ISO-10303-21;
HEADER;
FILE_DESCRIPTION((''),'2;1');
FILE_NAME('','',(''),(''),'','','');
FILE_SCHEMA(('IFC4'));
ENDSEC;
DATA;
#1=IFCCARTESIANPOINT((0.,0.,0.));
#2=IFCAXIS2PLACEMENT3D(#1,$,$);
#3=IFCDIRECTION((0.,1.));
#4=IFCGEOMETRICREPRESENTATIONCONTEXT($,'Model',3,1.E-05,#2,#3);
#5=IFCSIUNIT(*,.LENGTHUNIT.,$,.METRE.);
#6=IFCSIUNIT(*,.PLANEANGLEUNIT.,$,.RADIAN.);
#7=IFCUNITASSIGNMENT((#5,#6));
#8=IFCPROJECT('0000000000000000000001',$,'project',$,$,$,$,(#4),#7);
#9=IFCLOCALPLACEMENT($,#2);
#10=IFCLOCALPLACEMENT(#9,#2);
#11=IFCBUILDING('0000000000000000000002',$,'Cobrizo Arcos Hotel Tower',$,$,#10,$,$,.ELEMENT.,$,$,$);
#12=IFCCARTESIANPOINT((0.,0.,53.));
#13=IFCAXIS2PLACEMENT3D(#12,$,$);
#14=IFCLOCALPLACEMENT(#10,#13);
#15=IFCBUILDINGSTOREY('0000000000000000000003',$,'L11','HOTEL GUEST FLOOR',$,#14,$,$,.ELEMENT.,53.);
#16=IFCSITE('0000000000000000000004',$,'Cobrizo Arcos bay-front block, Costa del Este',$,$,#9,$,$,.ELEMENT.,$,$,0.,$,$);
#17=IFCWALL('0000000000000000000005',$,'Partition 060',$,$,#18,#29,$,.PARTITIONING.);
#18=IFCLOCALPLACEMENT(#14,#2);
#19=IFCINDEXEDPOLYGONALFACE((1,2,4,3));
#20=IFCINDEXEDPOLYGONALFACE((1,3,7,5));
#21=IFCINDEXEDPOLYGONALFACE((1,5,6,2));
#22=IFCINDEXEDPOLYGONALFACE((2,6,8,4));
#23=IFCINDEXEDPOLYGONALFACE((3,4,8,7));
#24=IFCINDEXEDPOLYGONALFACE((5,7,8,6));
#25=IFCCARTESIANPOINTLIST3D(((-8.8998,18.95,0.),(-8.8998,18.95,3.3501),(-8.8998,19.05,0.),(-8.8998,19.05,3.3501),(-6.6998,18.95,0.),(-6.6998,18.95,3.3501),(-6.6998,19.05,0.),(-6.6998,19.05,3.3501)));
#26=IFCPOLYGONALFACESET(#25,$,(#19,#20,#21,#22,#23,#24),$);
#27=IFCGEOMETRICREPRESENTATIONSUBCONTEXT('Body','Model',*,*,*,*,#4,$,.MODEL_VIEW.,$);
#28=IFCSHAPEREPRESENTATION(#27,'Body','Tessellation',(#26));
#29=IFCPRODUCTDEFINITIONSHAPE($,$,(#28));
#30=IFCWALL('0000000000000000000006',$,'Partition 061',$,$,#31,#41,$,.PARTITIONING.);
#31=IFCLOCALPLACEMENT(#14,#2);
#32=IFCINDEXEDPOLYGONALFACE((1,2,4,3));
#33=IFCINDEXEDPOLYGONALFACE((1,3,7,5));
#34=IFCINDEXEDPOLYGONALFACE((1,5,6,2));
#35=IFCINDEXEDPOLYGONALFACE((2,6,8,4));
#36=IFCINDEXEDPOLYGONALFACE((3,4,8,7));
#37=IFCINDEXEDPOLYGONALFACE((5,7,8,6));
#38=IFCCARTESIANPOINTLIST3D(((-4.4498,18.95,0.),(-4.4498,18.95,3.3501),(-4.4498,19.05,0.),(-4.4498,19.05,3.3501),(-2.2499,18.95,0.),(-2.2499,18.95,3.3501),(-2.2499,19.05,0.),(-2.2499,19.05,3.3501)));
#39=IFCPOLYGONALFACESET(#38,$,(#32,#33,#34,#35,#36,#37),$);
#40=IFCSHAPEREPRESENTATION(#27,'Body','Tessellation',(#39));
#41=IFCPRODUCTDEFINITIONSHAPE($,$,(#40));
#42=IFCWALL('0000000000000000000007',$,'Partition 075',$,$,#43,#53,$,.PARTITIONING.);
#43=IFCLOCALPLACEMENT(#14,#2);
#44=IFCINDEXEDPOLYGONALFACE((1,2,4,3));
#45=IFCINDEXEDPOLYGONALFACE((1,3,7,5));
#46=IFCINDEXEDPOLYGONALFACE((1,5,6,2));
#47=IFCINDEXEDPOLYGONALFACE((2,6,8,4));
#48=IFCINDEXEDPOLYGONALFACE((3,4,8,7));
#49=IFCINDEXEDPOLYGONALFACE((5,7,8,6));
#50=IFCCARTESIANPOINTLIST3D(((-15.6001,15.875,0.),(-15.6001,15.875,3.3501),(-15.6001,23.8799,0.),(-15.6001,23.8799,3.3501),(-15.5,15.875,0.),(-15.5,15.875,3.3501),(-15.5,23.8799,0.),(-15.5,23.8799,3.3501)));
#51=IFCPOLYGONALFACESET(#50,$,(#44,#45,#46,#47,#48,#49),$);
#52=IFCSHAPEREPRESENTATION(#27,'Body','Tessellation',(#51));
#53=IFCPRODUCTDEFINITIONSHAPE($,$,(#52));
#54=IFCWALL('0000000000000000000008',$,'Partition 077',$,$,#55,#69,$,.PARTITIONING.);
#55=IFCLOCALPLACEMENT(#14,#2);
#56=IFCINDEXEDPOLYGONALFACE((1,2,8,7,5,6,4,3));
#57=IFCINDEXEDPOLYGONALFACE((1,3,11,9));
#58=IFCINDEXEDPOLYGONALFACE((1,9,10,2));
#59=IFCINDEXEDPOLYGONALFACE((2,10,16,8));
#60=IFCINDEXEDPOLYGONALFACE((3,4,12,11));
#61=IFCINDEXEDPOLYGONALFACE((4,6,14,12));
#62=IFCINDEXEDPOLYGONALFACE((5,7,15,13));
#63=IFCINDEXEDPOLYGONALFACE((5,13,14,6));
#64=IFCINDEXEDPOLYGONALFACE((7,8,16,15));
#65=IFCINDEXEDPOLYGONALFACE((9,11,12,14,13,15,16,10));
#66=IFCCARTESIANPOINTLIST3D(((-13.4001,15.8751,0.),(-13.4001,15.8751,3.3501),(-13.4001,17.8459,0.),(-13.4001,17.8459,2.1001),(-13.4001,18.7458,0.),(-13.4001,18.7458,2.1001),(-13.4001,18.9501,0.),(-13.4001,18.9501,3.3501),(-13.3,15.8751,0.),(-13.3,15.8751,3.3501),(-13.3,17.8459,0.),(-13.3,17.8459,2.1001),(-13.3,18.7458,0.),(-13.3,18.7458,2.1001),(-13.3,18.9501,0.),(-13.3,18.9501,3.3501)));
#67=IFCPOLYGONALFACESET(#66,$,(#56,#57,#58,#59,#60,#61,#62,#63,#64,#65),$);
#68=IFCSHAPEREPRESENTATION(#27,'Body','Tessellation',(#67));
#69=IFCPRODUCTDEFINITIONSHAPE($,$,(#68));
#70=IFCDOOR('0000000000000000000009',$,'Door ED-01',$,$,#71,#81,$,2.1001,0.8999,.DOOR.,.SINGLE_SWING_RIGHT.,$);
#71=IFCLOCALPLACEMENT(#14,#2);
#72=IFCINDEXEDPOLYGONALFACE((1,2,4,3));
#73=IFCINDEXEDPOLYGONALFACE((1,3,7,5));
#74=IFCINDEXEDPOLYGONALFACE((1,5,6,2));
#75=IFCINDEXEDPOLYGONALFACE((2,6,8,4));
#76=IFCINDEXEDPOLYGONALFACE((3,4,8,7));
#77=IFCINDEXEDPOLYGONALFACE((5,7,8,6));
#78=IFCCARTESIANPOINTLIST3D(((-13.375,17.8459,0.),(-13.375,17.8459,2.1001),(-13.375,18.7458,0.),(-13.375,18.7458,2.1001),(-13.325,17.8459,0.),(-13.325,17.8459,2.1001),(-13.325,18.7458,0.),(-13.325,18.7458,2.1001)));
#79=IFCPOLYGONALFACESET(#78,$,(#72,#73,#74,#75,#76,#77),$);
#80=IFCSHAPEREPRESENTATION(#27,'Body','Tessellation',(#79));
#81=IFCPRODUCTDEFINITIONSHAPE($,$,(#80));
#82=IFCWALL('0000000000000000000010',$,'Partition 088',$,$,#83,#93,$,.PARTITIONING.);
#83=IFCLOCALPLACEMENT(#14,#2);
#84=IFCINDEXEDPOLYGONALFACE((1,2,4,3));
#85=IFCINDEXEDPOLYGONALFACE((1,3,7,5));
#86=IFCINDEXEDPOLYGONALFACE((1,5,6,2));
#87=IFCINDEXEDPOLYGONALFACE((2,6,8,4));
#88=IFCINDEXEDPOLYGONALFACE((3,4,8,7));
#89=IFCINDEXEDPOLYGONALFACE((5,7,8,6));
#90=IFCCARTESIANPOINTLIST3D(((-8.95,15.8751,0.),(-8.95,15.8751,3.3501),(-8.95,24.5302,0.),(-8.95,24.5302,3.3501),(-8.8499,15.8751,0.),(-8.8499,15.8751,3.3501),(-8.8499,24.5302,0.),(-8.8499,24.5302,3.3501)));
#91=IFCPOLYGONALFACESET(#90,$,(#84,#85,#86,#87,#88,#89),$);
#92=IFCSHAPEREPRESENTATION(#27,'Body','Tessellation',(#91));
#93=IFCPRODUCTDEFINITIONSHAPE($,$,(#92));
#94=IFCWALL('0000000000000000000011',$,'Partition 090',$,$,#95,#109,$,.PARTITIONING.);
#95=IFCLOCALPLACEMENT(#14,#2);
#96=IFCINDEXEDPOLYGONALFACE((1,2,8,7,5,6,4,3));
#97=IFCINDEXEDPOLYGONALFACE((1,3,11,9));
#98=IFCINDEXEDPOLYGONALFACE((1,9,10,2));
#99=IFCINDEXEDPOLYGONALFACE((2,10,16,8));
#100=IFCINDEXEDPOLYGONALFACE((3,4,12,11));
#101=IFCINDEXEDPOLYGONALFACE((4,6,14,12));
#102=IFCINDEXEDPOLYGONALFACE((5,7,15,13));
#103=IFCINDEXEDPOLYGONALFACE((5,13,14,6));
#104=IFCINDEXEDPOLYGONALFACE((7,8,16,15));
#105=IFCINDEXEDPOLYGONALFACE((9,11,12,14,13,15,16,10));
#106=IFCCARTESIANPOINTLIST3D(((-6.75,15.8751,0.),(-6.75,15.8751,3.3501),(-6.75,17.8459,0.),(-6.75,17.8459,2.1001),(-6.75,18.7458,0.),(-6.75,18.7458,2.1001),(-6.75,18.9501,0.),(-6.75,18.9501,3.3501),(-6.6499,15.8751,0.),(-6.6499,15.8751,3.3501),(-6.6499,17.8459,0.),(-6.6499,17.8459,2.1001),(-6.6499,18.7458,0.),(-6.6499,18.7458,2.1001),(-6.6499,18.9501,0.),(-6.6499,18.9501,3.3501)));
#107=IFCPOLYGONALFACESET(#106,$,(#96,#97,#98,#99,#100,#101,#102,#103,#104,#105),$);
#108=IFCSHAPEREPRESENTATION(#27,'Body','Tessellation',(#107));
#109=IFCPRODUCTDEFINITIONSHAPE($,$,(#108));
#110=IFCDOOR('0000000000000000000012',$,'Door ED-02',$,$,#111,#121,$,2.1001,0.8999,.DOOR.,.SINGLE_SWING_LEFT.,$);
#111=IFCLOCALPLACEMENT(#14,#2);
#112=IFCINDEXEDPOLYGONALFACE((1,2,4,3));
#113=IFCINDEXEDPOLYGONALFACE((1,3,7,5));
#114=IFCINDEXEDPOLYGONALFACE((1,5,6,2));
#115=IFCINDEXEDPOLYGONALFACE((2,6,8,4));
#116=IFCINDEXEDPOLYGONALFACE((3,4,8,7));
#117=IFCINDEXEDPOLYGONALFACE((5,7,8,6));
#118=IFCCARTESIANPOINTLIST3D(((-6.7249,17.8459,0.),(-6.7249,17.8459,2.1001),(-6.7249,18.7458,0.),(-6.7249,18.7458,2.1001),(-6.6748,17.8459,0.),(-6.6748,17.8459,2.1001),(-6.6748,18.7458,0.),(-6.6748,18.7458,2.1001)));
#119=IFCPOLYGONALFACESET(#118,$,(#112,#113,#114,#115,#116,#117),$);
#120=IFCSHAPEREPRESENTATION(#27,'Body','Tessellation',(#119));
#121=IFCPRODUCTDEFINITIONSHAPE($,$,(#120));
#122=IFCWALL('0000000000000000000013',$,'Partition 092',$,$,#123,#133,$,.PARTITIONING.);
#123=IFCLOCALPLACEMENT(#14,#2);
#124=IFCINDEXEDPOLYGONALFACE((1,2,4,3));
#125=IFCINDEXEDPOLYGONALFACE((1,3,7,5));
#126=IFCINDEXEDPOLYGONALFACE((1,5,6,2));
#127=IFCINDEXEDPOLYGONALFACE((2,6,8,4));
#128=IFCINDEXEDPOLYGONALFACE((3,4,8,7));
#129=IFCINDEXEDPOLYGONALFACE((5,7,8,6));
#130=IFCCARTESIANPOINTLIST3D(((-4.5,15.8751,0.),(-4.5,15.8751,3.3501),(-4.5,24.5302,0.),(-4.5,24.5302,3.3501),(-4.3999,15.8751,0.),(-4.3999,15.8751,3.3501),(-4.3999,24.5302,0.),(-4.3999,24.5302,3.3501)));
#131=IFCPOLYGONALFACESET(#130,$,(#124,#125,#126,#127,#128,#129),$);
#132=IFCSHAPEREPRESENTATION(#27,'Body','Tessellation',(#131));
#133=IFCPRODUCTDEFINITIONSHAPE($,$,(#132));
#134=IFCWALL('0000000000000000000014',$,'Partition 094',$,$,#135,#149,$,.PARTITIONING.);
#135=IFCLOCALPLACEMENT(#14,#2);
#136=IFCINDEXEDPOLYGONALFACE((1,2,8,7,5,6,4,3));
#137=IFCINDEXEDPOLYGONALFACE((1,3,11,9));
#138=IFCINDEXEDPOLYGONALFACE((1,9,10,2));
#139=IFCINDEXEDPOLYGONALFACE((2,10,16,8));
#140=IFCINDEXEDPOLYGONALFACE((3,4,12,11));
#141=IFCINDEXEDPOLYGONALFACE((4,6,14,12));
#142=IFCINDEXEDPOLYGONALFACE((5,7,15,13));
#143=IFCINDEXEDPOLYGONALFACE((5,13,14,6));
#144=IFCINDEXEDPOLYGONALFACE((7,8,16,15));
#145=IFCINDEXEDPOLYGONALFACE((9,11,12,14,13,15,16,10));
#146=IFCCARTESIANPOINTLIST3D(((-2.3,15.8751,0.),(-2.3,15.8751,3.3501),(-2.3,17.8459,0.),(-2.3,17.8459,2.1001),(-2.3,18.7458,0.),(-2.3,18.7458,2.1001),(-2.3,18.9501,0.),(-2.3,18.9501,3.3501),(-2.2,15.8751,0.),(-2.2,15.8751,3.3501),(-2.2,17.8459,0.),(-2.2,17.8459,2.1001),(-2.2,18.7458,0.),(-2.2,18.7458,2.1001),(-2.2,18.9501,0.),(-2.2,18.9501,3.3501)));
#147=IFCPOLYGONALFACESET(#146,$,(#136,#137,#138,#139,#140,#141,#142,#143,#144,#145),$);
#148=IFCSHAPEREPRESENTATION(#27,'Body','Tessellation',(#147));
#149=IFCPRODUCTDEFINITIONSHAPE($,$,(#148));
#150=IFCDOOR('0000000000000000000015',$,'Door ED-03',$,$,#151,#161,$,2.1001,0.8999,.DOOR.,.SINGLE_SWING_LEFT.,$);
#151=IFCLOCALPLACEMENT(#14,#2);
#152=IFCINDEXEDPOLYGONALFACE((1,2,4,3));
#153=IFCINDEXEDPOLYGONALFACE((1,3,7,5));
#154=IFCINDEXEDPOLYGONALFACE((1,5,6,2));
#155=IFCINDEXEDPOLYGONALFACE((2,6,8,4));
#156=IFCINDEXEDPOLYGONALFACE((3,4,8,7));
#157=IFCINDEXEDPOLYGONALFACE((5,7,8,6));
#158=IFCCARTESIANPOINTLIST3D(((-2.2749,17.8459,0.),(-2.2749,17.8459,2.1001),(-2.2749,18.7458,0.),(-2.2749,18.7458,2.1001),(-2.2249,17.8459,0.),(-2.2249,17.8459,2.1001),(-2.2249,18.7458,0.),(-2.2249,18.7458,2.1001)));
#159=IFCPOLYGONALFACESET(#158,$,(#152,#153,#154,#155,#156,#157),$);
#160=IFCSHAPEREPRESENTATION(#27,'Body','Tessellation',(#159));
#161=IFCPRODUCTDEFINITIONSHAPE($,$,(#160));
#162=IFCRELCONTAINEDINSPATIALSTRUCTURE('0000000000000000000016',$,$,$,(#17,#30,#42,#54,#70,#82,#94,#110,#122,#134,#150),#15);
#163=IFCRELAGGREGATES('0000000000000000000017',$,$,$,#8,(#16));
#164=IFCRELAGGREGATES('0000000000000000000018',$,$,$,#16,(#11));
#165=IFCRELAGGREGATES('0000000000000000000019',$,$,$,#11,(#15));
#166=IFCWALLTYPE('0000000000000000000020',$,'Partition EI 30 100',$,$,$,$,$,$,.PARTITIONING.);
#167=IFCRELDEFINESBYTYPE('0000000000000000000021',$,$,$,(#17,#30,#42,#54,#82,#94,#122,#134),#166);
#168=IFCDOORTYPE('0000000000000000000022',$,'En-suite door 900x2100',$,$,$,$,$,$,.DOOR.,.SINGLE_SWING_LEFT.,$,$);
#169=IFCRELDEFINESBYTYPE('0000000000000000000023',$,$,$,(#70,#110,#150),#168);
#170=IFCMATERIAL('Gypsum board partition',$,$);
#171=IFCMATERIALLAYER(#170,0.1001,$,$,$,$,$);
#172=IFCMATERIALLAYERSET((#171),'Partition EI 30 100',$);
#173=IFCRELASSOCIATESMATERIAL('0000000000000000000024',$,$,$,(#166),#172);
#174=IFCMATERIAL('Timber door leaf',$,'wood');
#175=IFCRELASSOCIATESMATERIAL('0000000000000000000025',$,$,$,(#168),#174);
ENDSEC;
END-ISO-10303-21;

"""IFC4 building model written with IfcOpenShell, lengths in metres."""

from ifc_helpers import new_model, si_unit, direction, frame, frame_2d, origin, place, context, subcontext, project, spatial, rectangle, extrude, material, layer, layer_set, type_object, element, fill, save


model = new_model("IFC4")

# Units and contexts
model_context = context("Model", 3, precision=1e-05, world=origin(), true_north=direction((0.0, 1.0)))
body_context = subcontext(model_context, "Body", "Model", "MODEL_VIEW")
ifc_project = project(units=[si_unit("LENGTHUNIT", "METRE"), si_unit("PLANEANGLEUNIT", "RADIAN")], contexts=[model_context])

# Site, building, storey
site_placement = place(None, origin())
site = spatial("IfcSite", under=ifc_project, at=site_placement, Name="Cobrizo Arcos bay-front block, Costa del Este", CompositionType="ELEMENT", RefElevation=0.0)
building_placement = place(site_placement, origin())
building = spatial("IfcBuilding", under=site, at=building_placement, Name="Cobrizo Arcos Hotel Tower", CompositionType="ELEMENT")
storey_placement = place(building_placement, frame((0.0, 0.0, 53.0)))
storey = spatial("IfcBuildingStorey", under=building, at=storey_placement, Name="L11", Description="HOTEL GUEST FLOOR", CompositionType="ELEMENT", Elevation=53.0)

# Shared definitions
ifc_material_1 = material(Name="Gypsum board partition")
ifc_material_2 = material(Name="Timber door leaf", Category="wood")

# Walls
ifc_layer_1 = layer(ifc_material_1, 0.1001)
ifc_layer_set_1 = layer_set([ifc_layer_1], Name="Partition EI 30 100")
wall_type_1 = type_object("IfcWallType", Name="Partition EI 30 100", PredefinedType="PARTITIONING", material=ifc_layer_set_1)
for number, where, z_axis, x_axis, name in (
    (1, (-8.8999, 19.0, 0.0), (0.0, 0.0, 1.0), (1.0, 0.0, 0.0), "Partition 060"),
    (2, (-4.45, 19.0, 0.0), (0.0, 0.0, 1.0), (1.0, 0.0, 0.0), "Partition 061"),
):
    element("IfcWall", number, at=place(storey_placement, frame(where, z_axis=z_axis, x_axis=x_axis)), inside=storey, type_object=wall_type_1, Name=name, PredefinedType="PARTITIONING", context=body_context, shape_type="SweptSolid", body=[
        extrude(rectangle(XDim=2.2, YDim=0.1001, at=frame_2d((1.1001, 0.0))), origin(), (0.0, 0.0, 1.0), 3.3501),
    ])
wall_1_placement = place(storey_placement, frame((-15.55, 15.875, 0.0), z_axis=(0.0, 0.0, 1.0), x_axis=(0.0, 1.0, 0.0)))
element("IfcWall", 3, at=wall_1_placement, inside=storey, type_object=wall_type_1, Name="Partition 075", PredefinedType="PARTITIONING", context=body_context, shape_type="SweptSolid", body=[
    extrude(rectangle(XDim=8.0049, YDim=0.1001, at=frame_2d((4.0024, 0.0))), origin(), (0.0, 0.0, 1.0), 3.3501),
])

# Wall, opening, door
wall_2_placement = place(storey_placement, frame((-13.3501, 15.875, 0.0), z_axis=(0.0, 0.0, 1.0), x_axis=(0.0, 1.0, 0.0)))
wall_2 = element("IfcWall", 4, at=wall_2_placement, inside=storey, type_object=wall_type_1, Name="Partition 077", PredefinedType="PARTITIONING", context=body_context, shape_type="SweptSolid", body=[
    extrude(rectangle(XDim=3.075, YDim=0.1001, at=frame_2d((1.5376, 0.0))), origin(), (0.0, 0.0, 1.0), 3.3501),
])
opening_1_placement = place(wall_2_placement, frame((1.9709, 0.0, 0.0)))
opening_1 = element("IfcOpeningElement", 5, at=opening_1_placement, cuts=wall_2, PredefinedType="OPENING", context=body_context, shape_type="SweptSolid", body=[
    extrude(rectangle(XDim=0.8999, YDim=2.1001, at=frame_2d((0.45, 1.05))), frame((0.0, 0.062, 0.0), z_axis=(0.0, -1.0, 0.0), x_axis=(1.0, 0.0, 0.0)), (0.0, 0.0, 1.0), 0.124),
])
door_type_1 = type_object("IfcDoorType", Name="En-suite door 900x2100", OperationType="SINGLE_SWING_LEFT", PredefinedType="DOOR", material=ifc_material_2)
door_1_placement = place(opening_1_placement, origin())
door_1 = element("IfcDoor", 6, at=door_1_placement, inside=storey, type_object=door_type_1, Name="Door ED-01", OperationType="SINGLE_SWING_RIGHT", OverallHeight=2.1001, OverallWidth=0.8999, PredefinedType="DOOR", context=body_context, shape_type="SweptSolid", body=[
    extrude(rectangle(XDim=0.8999, YDim=2.1001, at=frame_2d((0.45, 1.05))), frame((0.0, 0.0249, 0.0), z_axis=(0.0, -1.0, 0.0), x_axis=(1.0, 0.0, 0.0)), (0.0, 0.0, 1.0), 0.05),
])
fill(opening_1, door_1)

# Wall
wall_3_placement = place(storey_placement, frame((-8.8999, 15.875, 0.0), z_axis=(0.0, 0.0, 1.0), x_axis=(0.0, 1.0, 0.0)))
element("IfcWall", 7, at=wall_3_placement, inside=storey, type_object=wall_type_1, Name="Partition 088", PredefinedType="PARTITIONING", context=body_context, shape_type="SweptSolid", body=[
    extrude(rectangle(XDim=8.655, YDim=0.1001, at=frame_2d((4.3276, 0.0))), origin(), (0.0, 0.0, 1.0), 3.3501),
])

# Wall, opening, door
wall_4_placement = place(storey_placement, frame((-6.7, 15.875, 0.0), z_axis=(0.0, 0.0, 1.0), x_axis=(0.0, 1.0, 0.0)))
wall_4 = element("IfcWall", 8, at=wall_4_placement, inside=storey, type_object=wall_type_1, Name="Partition 090", PredefinedType="PARTITIONING", context=body_context, shape_type="SweptSolid", body=[
    extrude(rectangle(XDim=3.075, YDim=0.1001, at=frame_2d((1.5376, 0.0))), origin(), (0.0, 0.0, 1.0), 3.3501),
])
opening_2_placement = place(wall_4_placement, frame((1.9709, 0.0, 0.0)))
opening_2 = element("IfcOpeningElement", 9, at=opening_2_placement, cuts=wall_4, PredefinedType="OPENING", context=body_context, shape_type="SweptSolid", body=[
    extrude(rectangle(XDim=0.8999, YDim=2.1001, at=frame_2d((0.45, 1.05))), frame((0.0, 0.062, 0.0), z_axis=(0.0, -1.0, 0.0), x_axis=(1.0, 0.0, 0.0)), (0.0, 0.0, 1.0), 0.124),
])
door_2_placement = place(opening_2_placement, origin())
door_2 = element("IfcDoor", 10, at=door_2_placement, inside=storey, type_object=door_type_1, Name="Door ED-02", OperationType="SINGLE_SWING_LEFT", OverallHeight=2.1001, OverallWidth=0.8999, PredefinedType="DOOR", context=body_context, shape_type="SweptSolid", body=[
    extrude(rectangle(XDim=0.8999, YDim=2.1001, at=frame_2d((0.45, 1.05))), frame((0.0, 0.0249, 0.0), z_axis=(0.0, -1.0, 0.0), x_axis=(1.0, 0.0, 0.0)), (0.0, 0.0, 1.0), 0.05),
])
fill(opening_2, door_2)

# Wall
wall_5_placement = place(storey_placement, frame((-4.45, 15.875, 0.0), z_axis=(0.0, 0.0, 1.0), x_axis=(0.0, 1.0, 0.0)))
element("IfcWall", 11, at=wall_5_placement, inside=storey, type_object=wall_type_1, Name="Partition 092", PredefinedType="PARTITIONING", context=body_context, shape_type="SweptSolid", body=[
    extrude(rectangle(XDim=8.655, YDim=0.1001, at=frame_2d((4.3276, 0.0))), origin(), (0.0, 0.0, 1.0), 3.3501),
])

# Wall, opening, door
wall_6_placement = place(storey_placement, frame((-2.25, 15.875, 0.0), z_axis=(0.0, 0.0, 1.0), x_axis=(0.0, 1.0, 0.0)))
wall_6 = element("IfcWall", 12, at=wall_6_placement, inside=storey, type_object=wall_type_1, Name="Partition 094", PredefinedType="PARTITIONING", context=body_context, shape_type="SweptSolid", body=[
    extrude(rectangle(XDim=3.075, YDim=0.1001, at=frame_2d((1.5376, 0.0))), origin(), (0.0, 0.0, 1.0), 3.3501),
])
opening_3_placement = place(wall_6_placement, frame((1.9709, 0.0, 0.0)))
opening_3 = element("IfcOpeningElement", 13, at=opening_3_placement, cuts=wall_6, PredefinedType="OPENING", context=body_context, shape_type="SweptSolid", body=[
    extrude(rectangle(XDim=0.8999, YDim=2.1001, at=frame_2d((0.45, 1.05))), frame((0.0, 0.062, 0.0), z_axis=(0.0, -1.0, 0.0), x_axis=(1.0, 0.0, 0.0)), (0.0, 0.0, 1.0), 0.124),
])
door_3_placement = place(opening_3_placement, origin())
door_3 = element("IfcDoor", 14, at=door_3_placement, inside=storey, type_object=door_type_1, Name="Door ED-03", OperationType="SINGLE_SWING_LEFT", OverallHeight=2.1001, OverallWidth=0.8999, PredefinedType="DOOR", context=body_context, shape_type="SweptSolid", body=[
    extrude(rectangle(XDim=0.8999, YDim=2.1001, at=frame_2d((0.45, 1.05))), frame((0.0, 0.0249, 0.0), z_axis=(0.0, -1.0, 0.0), x_axis=(1.0, 0.0, 0.0)), (0.0, 0.0, 1.0), 0.05),
])
fill(opening_3, door_3)

save(model, "model.ifc")
